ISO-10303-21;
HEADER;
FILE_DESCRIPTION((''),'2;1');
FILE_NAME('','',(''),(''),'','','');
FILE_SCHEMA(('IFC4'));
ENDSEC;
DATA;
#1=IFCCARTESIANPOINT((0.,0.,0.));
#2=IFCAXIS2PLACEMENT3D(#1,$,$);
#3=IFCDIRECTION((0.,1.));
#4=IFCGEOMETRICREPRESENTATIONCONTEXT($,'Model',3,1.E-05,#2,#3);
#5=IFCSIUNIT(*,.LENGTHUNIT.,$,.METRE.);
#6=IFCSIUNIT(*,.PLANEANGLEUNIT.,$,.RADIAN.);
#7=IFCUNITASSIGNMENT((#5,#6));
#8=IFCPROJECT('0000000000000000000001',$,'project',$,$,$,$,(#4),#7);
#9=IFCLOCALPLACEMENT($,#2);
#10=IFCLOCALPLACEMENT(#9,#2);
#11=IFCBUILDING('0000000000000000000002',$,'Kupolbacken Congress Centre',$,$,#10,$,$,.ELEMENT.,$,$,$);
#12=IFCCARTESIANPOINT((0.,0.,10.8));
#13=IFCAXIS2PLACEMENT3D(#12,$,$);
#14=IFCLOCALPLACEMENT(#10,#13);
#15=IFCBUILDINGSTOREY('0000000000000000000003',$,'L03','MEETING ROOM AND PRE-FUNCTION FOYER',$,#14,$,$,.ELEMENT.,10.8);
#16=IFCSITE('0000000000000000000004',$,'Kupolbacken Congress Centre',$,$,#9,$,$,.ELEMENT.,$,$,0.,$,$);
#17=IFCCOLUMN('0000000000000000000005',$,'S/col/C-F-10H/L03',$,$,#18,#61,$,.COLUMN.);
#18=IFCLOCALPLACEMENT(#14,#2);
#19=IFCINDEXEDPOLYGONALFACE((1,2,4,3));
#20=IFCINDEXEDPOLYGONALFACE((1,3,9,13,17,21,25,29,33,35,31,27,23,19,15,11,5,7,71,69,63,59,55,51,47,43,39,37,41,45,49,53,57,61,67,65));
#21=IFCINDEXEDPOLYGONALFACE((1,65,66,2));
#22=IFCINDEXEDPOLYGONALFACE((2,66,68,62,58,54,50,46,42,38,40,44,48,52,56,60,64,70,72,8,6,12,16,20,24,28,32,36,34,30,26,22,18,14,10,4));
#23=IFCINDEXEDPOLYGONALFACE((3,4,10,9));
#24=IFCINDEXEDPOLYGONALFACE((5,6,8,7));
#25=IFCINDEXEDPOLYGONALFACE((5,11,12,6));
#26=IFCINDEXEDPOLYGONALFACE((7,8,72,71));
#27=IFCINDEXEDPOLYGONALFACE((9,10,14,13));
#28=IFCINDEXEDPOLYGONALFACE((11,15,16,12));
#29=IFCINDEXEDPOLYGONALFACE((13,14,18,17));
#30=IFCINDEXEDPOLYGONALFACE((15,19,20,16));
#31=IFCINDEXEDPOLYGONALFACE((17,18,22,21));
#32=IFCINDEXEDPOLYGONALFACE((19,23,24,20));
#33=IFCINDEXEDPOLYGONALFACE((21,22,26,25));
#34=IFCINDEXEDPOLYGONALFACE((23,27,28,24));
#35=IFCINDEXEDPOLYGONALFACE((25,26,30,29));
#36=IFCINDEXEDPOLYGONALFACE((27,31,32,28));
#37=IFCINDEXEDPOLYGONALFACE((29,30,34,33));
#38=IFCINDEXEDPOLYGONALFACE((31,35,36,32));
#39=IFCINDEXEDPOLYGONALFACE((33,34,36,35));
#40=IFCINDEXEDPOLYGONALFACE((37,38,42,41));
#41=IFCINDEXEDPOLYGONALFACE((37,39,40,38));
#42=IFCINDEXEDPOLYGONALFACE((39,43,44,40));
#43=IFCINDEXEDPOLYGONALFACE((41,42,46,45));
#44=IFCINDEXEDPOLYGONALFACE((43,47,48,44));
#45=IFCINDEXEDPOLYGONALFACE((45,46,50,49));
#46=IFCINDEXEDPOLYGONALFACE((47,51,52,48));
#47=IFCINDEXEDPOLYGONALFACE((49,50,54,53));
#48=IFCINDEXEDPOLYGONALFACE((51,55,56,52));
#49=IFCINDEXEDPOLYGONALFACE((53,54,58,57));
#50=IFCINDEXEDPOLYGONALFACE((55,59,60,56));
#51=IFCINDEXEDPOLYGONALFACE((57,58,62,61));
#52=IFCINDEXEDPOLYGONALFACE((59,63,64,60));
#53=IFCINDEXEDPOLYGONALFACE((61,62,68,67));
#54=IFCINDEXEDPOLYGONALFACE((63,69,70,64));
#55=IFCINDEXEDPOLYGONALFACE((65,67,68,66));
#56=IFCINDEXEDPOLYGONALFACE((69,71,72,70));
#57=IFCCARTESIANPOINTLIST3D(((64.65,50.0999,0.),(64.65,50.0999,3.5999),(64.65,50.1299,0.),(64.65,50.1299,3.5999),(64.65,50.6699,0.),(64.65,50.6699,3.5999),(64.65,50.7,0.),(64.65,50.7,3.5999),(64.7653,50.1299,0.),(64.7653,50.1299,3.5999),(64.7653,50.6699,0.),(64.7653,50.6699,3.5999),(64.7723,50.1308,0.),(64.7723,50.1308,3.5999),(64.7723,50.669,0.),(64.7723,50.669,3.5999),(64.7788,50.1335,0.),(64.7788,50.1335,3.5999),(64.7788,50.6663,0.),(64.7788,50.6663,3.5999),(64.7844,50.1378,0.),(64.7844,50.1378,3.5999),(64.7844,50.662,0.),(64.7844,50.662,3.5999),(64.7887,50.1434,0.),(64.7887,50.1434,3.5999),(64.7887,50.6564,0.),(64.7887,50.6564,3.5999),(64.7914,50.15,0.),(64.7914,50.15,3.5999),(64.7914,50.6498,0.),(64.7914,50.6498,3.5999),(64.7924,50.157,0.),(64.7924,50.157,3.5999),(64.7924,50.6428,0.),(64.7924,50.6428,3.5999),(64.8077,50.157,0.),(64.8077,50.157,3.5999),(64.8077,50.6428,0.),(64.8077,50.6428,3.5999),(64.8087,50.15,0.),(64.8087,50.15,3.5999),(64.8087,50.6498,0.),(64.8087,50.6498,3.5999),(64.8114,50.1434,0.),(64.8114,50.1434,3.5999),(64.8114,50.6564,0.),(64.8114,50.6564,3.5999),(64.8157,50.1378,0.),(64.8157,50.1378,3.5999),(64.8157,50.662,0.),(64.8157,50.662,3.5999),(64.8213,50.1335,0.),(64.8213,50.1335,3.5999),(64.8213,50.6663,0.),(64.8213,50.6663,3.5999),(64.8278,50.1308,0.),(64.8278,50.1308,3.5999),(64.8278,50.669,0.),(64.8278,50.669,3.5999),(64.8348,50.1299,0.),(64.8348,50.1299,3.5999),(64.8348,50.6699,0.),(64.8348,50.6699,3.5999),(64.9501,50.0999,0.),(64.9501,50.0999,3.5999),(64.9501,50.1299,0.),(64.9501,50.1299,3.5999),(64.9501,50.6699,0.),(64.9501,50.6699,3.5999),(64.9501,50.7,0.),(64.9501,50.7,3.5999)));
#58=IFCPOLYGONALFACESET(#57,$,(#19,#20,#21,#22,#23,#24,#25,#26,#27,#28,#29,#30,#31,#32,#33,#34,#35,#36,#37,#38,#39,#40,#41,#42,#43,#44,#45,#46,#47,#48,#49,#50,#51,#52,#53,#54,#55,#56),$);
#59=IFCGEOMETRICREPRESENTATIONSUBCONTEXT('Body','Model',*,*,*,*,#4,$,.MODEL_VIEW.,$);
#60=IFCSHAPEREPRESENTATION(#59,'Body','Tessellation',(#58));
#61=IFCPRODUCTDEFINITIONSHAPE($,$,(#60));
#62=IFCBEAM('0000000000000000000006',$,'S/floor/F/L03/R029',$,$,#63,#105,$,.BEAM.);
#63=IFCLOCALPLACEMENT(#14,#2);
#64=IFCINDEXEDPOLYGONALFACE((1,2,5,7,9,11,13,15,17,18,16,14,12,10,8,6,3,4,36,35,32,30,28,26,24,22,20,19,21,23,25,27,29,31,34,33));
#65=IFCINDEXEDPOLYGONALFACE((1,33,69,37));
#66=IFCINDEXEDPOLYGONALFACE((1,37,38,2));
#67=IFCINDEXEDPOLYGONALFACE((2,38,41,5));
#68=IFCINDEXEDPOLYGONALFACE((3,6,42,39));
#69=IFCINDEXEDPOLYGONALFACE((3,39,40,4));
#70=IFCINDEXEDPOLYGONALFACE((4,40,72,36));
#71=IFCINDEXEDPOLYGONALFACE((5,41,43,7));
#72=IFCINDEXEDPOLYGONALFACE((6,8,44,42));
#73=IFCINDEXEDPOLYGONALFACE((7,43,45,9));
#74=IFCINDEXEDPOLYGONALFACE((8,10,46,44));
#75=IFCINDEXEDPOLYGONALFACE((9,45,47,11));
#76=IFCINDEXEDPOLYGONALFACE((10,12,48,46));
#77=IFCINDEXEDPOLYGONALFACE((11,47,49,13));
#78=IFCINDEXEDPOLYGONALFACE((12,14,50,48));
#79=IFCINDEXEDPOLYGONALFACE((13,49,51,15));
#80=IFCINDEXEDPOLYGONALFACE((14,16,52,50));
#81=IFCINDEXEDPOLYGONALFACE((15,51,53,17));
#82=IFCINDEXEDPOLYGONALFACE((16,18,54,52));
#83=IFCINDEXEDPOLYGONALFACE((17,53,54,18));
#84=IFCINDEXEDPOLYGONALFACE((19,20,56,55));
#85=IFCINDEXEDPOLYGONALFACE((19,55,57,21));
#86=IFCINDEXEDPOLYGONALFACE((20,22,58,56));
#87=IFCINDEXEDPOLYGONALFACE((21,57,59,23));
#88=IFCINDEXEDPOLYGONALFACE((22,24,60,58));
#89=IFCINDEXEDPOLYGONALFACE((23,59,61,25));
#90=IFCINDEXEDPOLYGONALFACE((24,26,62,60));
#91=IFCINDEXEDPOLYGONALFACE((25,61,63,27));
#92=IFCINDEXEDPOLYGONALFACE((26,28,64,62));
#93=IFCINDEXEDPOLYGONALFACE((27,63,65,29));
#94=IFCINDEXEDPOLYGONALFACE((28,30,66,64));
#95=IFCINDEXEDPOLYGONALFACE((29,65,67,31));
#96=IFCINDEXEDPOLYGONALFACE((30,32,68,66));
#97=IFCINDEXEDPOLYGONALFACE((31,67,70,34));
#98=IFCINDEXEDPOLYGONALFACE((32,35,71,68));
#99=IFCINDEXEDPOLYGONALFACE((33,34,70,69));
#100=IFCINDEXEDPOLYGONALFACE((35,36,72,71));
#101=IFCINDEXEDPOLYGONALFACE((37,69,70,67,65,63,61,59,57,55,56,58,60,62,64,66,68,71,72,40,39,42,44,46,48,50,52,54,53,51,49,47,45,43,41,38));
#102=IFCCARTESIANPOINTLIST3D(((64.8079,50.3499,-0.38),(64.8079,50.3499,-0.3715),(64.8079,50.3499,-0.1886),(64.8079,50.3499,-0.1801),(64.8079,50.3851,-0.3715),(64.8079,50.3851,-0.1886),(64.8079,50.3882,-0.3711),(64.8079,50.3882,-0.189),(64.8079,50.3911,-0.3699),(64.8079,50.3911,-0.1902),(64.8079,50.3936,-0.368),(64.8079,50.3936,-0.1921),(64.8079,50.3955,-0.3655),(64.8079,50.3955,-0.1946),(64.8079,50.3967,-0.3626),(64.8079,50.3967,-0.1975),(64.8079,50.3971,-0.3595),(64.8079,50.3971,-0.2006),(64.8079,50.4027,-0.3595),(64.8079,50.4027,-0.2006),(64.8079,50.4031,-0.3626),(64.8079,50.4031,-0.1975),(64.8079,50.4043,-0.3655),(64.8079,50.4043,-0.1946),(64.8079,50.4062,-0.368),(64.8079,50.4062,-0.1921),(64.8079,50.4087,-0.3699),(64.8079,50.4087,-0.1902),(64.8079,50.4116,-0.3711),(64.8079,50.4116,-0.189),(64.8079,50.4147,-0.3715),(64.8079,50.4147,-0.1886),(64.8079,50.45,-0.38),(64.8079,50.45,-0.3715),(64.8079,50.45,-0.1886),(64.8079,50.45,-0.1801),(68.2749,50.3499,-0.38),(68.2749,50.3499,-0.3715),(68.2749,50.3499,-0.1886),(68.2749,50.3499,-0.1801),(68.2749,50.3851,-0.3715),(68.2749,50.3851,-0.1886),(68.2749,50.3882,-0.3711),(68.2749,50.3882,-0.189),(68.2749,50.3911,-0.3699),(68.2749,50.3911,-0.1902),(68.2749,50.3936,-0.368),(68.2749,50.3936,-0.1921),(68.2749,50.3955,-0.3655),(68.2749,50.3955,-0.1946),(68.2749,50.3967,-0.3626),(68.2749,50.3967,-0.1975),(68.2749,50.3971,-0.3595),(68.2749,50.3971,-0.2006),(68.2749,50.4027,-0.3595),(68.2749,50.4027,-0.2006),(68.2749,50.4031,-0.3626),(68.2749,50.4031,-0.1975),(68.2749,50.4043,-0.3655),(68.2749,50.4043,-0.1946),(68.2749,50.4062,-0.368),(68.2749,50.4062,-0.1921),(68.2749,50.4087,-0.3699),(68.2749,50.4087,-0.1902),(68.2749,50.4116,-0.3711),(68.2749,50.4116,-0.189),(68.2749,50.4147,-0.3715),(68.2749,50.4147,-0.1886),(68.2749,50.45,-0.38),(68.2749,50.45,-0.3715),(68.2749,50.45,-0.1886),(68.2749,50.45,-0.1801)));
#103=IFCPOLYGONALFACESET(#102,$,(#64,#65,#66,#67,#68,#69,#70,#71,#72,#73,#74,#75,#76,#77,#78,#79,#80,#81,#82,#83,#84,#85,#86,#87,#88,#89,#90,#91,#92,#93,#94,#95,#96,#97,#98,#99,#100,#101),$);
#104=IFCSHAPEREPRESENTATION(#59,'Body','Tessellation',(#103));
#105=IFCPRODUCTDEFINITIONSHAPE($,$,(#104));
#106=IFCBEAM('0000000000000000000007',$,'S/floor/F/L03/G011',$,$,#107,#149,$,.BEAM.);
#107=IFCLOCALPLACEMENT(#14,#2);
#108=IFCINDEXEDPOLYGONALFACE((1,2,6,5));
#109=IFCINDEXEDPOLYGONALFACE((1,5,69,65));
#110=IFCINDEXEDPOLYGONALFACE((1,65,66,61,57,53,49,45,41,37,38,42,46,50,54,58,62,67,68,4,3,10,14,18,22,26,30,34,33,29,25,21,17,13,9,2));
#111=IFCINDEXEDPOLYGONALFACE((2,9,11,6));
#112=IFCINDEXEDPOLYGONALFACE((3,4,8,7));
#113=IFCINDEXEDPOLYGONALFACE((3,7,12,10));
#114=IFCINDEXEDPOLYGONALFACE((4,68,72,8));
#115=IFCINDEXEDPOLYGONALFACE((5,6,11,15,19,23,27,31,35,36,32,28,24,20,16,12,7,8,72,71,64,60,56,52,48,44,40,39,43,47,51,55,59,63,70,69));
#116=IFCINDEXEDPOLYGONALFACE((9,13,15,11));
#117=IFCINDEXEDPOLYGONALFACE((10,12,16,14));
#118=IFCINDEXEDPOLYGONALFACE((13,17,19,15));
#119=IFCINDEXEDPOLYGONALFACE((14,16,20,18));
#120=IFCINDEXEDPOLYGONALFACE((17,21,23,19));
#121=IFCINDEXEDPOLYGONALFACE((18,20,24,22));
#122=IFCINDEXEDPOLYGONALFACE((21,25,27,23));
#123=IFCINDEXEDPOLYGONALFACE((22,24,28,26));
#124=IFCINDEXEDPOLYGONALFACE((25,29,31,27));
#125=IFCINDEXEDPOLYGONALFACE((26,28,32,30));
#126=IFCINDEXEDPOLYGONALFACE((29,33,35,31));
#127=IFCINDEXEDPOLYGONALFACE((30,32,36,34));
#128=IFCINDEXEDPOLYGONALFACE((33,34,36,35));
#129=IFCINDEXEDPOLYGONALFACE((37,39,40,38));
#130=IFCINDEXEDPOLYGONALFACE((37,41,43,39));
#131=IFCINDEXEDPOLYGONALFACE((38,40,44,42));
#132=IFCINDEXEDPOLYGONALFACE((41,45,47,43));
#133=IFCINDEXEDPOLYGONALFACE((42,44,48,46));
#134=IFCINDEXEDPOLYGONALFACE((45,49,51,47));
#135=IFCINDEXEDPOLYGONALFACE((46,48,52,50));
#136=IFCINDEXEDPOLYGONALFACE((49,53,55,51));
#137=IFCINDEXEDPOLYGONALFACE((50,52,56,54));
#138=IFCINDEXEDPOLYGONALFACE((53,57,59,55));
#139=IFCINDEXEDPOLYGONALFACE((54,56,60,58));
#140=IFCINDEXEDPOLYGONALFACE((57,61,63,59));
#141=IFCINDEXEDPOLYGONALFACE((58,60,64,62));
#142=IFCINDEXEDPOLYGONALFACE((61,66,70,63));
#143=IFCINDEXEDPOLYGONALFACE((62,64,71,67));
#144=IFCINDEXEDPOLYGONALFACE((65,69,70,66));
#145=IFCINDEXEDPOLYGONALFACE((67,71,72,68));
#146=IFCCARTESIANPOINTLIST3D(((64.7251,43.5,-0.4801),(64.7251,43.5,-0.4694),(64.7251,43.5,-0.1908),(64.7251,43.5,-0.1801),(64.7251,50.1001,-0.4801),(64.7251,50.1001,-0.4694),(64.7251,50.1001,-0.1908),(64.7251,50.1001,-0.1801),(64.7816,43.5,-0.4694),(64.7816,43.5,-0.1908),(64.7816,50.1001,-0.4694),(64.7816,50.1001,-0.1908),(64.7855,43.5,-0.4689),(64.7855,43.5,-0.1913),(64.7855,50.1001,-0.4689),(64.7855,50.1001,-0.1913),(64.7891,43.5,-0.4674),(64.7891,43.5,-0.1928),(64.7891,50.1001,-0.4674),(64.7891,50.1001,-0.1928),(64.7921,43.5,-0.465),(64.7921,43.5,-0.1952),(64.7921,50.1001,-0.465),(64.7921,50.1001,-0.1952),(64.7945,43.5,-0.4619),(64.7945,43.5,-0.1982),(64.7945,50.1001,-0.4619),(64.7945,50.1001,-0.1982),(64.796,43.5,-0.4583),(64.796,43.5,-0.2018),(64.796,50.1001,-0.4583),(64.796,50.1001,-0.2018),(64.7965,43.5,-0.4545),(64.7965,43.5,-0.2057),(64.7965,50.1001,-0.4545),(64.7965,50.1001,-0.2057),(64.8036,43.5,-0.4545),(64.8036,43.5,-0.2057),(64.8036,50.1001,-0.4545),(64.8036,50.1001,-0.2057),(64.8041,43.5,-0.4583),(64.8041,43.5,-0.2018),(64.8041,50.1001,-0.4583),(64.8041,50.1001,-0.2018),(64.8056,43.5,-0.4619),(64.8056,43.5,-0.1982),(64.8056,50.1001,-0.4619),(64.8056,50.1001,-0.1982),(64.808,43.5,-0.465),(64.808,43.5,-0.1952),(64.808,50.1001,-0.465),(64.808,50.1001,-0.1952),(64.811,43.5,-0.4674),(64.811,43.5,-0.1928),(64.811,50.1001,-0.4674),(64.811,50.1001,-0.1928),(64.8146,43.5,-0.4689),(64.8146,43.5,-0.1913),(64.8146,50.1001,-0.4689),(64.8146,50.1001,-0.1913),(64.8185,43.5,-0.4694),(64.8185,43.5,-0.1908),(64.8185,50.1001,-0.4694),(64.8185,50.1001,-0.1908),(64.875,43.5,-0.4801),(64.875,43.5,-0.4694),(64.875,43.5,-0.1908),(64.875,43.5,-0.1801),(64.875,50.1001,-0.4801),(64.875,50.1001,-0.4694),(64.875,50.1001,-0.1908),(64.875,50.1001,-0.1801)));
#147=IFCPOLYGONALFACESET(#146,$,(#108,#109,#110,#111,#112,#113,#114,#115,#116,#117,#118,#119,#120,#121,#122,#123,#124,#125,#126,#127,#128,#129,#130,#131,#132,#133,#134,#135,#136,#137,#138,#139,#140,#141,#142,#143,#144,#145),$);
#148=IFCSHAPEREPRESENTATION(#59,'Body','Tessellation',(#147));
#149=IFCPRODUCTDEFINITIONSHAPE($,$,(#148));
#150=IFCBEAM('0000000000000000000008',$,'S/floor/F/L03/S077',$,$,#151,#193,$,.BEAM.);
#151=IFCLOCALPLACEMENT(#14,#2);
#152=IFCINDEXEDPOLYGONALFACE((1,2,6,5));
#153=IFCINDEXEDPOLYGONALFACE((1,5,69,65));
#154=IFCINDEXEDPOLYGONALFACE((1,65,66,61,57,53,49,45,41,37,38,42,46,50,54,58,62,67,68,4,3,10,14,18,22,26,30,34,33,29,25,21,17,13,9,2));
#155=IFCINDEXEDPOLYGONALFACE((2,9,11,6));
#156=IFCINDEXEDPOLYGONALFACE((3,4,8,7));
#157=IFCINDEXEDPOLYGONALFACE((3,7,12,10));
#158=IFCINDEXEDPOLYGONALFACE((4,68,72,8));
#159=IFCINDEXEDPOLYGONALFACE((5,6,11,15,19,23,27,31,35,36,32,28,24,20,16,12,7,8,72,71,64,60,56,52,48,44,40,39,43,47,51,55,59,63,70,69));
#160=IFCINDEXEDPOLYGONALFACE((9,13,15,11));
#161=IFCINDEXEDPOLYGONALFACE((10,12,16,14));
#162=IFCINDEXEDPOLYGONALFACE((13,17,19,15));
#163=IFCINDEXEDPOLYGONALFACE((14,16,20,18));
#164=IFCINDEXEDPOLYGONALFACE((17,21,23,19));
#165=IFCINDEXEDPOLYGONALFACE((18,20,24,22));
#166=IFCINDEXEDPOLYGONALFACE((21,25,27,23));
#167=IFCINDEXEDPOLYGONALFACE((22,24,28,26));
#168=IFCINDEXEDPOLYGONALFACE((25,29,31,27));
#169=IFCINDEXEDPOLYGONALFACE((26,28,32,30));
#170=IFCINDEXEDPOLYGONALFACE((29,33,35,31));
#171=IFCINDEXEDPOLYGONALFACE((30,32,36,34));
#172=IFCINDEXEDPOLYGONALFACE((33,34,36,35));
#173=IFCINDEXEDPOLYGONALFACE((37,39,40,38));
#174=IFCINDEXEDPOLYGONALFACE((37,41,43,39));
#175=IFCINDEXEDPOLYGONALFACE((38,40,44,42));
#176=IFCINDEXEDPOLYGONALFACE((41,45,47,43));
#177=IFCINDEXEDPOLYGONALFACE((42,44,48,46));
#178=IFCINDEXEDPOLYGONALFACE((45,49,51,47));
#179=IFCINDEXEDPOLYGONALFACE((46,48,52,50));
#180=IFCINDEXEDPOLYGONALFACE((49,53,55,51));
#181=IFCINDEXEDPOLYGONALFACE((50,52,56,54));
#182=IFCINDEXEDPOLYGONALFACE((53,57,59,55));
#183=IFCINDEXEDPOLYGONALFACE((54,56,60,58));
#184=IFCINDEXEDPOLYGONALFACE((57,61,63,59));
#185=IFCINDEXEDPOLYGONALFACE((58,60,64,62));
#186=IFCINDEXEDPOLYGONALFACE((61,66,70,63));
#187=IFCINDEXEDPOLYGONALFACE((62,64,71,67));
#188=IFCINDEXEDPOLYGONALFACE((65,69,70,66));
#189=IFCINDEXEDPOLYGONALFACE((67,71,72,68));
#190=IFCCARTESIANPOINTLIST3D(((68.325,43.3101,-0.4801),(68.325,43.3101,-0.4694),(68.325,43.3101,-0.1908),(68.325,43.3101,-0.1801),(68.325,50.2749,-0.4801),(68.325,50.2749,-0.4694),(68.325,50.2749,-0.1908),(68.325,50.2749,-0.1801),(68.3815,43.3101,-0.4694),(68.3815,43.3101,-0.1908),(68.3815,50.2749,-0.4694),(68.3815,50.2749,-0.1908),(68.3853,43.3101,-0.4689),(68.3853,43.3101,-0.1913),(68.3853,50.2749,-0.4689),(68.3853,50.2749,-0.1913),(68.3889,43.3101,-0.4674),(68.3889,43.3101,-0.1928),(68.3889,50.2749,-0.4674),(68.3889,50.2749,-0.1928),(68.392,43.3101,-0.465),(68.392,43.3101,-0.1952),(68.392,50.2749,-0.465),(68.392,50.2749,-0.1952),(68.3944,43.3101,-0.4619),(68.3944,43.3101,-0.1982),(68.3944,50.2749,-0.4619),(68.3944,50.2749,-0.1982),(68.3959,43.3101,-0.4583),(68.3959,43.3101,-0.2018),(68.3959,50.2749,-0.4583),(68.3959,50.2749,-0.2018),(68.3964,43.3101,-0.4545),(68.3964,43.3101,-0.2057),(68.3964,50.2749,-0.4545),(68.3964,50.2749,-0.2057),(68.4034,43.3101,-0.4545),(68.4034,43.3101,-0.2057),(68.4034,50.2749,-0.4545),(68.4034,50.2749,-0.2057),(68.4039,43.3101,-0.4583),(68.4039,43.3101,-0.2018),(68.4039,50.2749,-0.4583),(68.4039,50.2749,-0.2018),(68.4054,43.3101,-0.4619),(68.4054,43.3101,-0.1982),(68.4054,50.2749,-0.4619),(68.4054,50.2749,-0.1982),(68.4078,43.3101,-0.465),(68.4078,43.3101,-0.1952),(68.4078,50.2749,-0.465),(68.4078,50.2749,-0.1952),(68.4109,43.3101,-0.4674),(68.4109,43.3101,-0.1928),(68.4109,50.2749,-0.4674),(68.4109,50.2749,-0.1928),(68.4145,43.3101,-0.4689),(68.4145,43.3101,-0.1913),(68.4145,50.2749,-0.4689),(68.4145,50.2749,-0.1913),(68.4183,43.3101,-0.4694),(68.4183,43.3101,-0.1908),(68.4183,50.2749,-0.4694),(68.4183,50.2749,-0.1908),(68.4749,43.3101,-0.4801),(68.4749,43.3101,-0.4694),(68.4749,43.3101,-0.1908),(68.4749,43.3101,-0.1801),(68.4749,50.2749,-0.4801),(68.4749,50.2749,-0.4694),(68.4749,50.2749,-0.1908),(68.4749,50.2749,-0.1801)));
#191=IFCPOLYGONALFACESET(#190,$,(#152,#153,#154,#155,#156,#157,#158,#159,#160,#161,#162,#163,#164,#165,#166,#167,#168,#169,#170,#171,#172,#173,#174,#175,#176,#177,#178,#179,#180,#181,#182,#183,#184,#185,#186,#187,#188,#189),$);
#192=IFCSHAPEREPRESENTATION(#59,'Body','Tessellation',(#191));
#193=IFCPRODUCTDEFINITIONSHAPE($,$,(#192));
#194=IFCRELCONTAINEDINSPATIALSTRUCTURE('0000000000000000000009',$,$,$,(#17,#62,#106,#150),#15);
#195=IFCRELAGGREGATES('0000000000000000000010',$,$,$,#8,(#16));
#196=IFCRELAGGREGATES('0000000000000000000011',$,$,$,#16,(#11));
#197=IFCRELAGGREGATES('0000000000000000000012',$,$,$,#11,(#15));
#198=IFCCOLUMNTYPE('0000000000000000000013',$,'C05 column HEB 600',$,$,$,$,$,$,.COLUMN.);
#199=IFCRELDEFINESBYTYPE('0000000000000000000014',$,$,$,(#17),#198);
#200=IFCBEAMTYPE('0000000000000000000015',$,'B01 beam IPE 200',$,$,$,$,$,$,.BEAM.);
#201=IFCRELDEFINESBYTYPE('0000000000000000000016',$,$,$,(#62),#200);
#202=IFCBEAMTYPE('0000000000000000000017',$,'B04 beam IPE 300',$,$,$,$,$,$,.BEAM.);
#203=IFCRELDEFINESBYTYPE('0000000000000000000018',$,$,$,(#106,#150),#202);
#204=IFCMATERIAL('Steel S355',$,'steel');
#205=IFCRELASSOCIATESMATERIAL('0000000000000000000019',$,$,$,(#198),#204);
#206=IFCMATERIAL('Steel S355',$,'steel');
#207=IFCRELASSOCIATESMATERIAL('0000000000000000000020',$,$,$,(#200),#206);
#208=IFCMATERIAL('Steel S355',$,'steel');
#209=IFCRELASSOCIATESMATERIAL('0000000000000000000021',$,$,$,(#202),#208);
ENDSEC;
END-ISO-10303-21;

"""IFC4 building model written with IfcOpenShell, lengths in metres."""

from ifc_helpers import new_model, si_unit, direction, frame, origin, origin_2d, place, context, subcontext, project, spatial, i_section, extrude, material, material_profile, profile_set, type_object, element, save


model = new_model("IFC4")

# Units and contexts
model_context = context("Model", 3, precision=1e-05, world=origin(), true_north=direction((0.0, 1.0)))
body_context = subcontext(model_context, "Body", "Model", "MODEL_VIEW")
ifc_project = project(units=[si_unit("LENGTHUNIT", "METRE"), si_unit("PLANEANGLEUNIT", "RADIAN")], contexts=[model_context])

# Site, building, storey
site_placement = place(None, origin())
site = spatial("IfcSite", under=ifc_project, at=site_placement, Name="Kupolbacken Congress Centre", CompositionType="ELEMENT", RefElevation=0.0)
building_placement = place(site_placement, origin())
building = spatial("IfcBuilding", under=site, at=building_placement, Name="Kupolbacken Congress Centre", CompositionType="ELEMENT")
storey_placement = place(building_placement, frame((0.0, 0.0, 10.8)))
storey = spatial("IfcBuildingStorey", under=building, at=storey_placement, Name="L03", Description="MEETING ROOM AND PRE-FUNCTION FOYER", CompositionType="ELEMENT", Elevation=10.8)

# Column
ifc_material_1 = material(Name="Steel S355", Category="steel")
ifc_material_profile_1 = material_profile(ifc_material_1, i_section(OverallWidth=0.3, OverallDepth=0.6001, WebThickness=0.0154, FlangeThickness=0.03, FilletRadius=0.0271, at=origin_2d()), Name="HEB 600")
ifc_profile_set_1 = profile_set([ifc_material_profile_1], Name="Steel S355")
column_type = type_object("IfcColumnType", Name="C05 column HEB 600", PredefinedType="COLUMN", material=ifc_profile_set_1)
column_placement = place(storey_placement, frame((64.8, 50.3999, 0.0), z_axis=(0.0, 0.0, 1.0), x_axis=(1.0, 0.0, 0.0)))
element("IfcColumn", 1, at=column_placement, inside=storey, type_object=column_type, Name="S/col/C-F-10H/L03", PredefinedType="COLUMN", context=body_context, shape_type="SweptSolid", body=[
    extrude(i_section(OverallWidth=0.3, OverallDepth=0.6001, WebThickness=0.0154, FlangeThickness=0.03, FilletRadius=0.0271, at=origin_2d()), origin(), (0.0, 0.0, 1.0), 3.5999),
])

# Beams
ifc_material_2 = material(Name="Steel S355", Category="steel")
ifc_material_profile_2 = material_profile(ifc_material_2, i_section(OverallWidth=0.1001, OverallDepth=0.2, WebThickness=0.0056, FlangeThickness=0.0085, FilletRadius=0.012, at=origin_2d()), Name="IPE 200")
ifc_profile_set_2 = profile_set([ifc_material_profile_2], Name="Steel S355")
beam_type_1 = type_object("IfcBeamType", Name="B01 beam IPE 200", PredefinedType="BEAM", material=ifc_profile_set_2)
beam_1_placement = place(storey_placement, frame((64.8079, 50.3999, -0.28), z_axis=(1.0, 0.0, 0.0), x_axis=(0.0, 1.0, 0.0)))
element("IfcBeam", 2, at=beam_1_placement, inside=storey, type_object=beam_type_1, Name="S/floor/F/L03/R029", PredefinedType="BEAM", context=body_context, shape_type="SweptSolid", body=[
    extrude(i_section(OverallWidth=0.1001, OverallDepth=0.2, WebThickness=0.0056, FlangeThickness=0.0085, FilletRadius=0.012, at=origin_2d()), origin(), (0.0, 0.0, 1.0), 3.467),
])
ifc_material_3 = material(Name="Steel S355", Category="steel")
ifc_material_profile_3 = material_profile(ifc_material_3, i_section(OverallWidth=0.1499, OverallDepth=0.3, WebThickness=0.0071, FlangeThickness=0.0107, FilletRadius=0.0149, at=origin_2d()), Name="IPE 300")
ifc_profile_set_3 = profile_set([ifc_material_profile_3], Name="Steel S355")
beam_type_2 = type_object("IfcBeamType", Name="B04 beam IPE 300", PredefinedType="BEAM", material=ifc_profile_set_3)
beam_2_placement = place(storey_placement, frame((64.8, 43.5, -0.3301), z_axis=(0.0, 1.0, 0.0), x_axis=(-1.0, 0.0, 0.0)))
element("IfcBeam", 3, at=beam_2_placement, inside=storey, type_object=beam_type_2, Name="S/floor/F/L03/G011", PredefinedType="BEAM", context=body_context, shape_type="SweptSolid", body=[
    extrude(i_section(OverallWidth=0.1499, OverallDepth=0.3, WebThickness=0.0071, FlangeThickness=0.0107, FilletRadius=0.0149, at=origin_2d()), origin(), (0.0, 0.0, 1.0), 6.6001),
])
beam_3_placement = place(storey_placement, frame((68.3999, 43.3101, -0.3301), z_axis=(0.0, 1.0, 0.0), x_axis=(-1.0, 0.0, 0.0)))
element("IfcBeam", 4, at=beam_3_placement, inside=storey, type_object=beam_type_2, Name="S/floor/F/L03/S077", PredefinedType="BEAM", context=body_context, shape_type="SweptSolid", body=[
    extrude(i_section(OverallWidth=0.1499, OverallDepth=0.3, WebThickness=0.0071, FlangeThickness=0.0107, FilletRadius=0.0149, at=origin_2d()), origin(), (0.0, 0.0, 1.0), 6.9648),
])

save(model, "model.ifc")
